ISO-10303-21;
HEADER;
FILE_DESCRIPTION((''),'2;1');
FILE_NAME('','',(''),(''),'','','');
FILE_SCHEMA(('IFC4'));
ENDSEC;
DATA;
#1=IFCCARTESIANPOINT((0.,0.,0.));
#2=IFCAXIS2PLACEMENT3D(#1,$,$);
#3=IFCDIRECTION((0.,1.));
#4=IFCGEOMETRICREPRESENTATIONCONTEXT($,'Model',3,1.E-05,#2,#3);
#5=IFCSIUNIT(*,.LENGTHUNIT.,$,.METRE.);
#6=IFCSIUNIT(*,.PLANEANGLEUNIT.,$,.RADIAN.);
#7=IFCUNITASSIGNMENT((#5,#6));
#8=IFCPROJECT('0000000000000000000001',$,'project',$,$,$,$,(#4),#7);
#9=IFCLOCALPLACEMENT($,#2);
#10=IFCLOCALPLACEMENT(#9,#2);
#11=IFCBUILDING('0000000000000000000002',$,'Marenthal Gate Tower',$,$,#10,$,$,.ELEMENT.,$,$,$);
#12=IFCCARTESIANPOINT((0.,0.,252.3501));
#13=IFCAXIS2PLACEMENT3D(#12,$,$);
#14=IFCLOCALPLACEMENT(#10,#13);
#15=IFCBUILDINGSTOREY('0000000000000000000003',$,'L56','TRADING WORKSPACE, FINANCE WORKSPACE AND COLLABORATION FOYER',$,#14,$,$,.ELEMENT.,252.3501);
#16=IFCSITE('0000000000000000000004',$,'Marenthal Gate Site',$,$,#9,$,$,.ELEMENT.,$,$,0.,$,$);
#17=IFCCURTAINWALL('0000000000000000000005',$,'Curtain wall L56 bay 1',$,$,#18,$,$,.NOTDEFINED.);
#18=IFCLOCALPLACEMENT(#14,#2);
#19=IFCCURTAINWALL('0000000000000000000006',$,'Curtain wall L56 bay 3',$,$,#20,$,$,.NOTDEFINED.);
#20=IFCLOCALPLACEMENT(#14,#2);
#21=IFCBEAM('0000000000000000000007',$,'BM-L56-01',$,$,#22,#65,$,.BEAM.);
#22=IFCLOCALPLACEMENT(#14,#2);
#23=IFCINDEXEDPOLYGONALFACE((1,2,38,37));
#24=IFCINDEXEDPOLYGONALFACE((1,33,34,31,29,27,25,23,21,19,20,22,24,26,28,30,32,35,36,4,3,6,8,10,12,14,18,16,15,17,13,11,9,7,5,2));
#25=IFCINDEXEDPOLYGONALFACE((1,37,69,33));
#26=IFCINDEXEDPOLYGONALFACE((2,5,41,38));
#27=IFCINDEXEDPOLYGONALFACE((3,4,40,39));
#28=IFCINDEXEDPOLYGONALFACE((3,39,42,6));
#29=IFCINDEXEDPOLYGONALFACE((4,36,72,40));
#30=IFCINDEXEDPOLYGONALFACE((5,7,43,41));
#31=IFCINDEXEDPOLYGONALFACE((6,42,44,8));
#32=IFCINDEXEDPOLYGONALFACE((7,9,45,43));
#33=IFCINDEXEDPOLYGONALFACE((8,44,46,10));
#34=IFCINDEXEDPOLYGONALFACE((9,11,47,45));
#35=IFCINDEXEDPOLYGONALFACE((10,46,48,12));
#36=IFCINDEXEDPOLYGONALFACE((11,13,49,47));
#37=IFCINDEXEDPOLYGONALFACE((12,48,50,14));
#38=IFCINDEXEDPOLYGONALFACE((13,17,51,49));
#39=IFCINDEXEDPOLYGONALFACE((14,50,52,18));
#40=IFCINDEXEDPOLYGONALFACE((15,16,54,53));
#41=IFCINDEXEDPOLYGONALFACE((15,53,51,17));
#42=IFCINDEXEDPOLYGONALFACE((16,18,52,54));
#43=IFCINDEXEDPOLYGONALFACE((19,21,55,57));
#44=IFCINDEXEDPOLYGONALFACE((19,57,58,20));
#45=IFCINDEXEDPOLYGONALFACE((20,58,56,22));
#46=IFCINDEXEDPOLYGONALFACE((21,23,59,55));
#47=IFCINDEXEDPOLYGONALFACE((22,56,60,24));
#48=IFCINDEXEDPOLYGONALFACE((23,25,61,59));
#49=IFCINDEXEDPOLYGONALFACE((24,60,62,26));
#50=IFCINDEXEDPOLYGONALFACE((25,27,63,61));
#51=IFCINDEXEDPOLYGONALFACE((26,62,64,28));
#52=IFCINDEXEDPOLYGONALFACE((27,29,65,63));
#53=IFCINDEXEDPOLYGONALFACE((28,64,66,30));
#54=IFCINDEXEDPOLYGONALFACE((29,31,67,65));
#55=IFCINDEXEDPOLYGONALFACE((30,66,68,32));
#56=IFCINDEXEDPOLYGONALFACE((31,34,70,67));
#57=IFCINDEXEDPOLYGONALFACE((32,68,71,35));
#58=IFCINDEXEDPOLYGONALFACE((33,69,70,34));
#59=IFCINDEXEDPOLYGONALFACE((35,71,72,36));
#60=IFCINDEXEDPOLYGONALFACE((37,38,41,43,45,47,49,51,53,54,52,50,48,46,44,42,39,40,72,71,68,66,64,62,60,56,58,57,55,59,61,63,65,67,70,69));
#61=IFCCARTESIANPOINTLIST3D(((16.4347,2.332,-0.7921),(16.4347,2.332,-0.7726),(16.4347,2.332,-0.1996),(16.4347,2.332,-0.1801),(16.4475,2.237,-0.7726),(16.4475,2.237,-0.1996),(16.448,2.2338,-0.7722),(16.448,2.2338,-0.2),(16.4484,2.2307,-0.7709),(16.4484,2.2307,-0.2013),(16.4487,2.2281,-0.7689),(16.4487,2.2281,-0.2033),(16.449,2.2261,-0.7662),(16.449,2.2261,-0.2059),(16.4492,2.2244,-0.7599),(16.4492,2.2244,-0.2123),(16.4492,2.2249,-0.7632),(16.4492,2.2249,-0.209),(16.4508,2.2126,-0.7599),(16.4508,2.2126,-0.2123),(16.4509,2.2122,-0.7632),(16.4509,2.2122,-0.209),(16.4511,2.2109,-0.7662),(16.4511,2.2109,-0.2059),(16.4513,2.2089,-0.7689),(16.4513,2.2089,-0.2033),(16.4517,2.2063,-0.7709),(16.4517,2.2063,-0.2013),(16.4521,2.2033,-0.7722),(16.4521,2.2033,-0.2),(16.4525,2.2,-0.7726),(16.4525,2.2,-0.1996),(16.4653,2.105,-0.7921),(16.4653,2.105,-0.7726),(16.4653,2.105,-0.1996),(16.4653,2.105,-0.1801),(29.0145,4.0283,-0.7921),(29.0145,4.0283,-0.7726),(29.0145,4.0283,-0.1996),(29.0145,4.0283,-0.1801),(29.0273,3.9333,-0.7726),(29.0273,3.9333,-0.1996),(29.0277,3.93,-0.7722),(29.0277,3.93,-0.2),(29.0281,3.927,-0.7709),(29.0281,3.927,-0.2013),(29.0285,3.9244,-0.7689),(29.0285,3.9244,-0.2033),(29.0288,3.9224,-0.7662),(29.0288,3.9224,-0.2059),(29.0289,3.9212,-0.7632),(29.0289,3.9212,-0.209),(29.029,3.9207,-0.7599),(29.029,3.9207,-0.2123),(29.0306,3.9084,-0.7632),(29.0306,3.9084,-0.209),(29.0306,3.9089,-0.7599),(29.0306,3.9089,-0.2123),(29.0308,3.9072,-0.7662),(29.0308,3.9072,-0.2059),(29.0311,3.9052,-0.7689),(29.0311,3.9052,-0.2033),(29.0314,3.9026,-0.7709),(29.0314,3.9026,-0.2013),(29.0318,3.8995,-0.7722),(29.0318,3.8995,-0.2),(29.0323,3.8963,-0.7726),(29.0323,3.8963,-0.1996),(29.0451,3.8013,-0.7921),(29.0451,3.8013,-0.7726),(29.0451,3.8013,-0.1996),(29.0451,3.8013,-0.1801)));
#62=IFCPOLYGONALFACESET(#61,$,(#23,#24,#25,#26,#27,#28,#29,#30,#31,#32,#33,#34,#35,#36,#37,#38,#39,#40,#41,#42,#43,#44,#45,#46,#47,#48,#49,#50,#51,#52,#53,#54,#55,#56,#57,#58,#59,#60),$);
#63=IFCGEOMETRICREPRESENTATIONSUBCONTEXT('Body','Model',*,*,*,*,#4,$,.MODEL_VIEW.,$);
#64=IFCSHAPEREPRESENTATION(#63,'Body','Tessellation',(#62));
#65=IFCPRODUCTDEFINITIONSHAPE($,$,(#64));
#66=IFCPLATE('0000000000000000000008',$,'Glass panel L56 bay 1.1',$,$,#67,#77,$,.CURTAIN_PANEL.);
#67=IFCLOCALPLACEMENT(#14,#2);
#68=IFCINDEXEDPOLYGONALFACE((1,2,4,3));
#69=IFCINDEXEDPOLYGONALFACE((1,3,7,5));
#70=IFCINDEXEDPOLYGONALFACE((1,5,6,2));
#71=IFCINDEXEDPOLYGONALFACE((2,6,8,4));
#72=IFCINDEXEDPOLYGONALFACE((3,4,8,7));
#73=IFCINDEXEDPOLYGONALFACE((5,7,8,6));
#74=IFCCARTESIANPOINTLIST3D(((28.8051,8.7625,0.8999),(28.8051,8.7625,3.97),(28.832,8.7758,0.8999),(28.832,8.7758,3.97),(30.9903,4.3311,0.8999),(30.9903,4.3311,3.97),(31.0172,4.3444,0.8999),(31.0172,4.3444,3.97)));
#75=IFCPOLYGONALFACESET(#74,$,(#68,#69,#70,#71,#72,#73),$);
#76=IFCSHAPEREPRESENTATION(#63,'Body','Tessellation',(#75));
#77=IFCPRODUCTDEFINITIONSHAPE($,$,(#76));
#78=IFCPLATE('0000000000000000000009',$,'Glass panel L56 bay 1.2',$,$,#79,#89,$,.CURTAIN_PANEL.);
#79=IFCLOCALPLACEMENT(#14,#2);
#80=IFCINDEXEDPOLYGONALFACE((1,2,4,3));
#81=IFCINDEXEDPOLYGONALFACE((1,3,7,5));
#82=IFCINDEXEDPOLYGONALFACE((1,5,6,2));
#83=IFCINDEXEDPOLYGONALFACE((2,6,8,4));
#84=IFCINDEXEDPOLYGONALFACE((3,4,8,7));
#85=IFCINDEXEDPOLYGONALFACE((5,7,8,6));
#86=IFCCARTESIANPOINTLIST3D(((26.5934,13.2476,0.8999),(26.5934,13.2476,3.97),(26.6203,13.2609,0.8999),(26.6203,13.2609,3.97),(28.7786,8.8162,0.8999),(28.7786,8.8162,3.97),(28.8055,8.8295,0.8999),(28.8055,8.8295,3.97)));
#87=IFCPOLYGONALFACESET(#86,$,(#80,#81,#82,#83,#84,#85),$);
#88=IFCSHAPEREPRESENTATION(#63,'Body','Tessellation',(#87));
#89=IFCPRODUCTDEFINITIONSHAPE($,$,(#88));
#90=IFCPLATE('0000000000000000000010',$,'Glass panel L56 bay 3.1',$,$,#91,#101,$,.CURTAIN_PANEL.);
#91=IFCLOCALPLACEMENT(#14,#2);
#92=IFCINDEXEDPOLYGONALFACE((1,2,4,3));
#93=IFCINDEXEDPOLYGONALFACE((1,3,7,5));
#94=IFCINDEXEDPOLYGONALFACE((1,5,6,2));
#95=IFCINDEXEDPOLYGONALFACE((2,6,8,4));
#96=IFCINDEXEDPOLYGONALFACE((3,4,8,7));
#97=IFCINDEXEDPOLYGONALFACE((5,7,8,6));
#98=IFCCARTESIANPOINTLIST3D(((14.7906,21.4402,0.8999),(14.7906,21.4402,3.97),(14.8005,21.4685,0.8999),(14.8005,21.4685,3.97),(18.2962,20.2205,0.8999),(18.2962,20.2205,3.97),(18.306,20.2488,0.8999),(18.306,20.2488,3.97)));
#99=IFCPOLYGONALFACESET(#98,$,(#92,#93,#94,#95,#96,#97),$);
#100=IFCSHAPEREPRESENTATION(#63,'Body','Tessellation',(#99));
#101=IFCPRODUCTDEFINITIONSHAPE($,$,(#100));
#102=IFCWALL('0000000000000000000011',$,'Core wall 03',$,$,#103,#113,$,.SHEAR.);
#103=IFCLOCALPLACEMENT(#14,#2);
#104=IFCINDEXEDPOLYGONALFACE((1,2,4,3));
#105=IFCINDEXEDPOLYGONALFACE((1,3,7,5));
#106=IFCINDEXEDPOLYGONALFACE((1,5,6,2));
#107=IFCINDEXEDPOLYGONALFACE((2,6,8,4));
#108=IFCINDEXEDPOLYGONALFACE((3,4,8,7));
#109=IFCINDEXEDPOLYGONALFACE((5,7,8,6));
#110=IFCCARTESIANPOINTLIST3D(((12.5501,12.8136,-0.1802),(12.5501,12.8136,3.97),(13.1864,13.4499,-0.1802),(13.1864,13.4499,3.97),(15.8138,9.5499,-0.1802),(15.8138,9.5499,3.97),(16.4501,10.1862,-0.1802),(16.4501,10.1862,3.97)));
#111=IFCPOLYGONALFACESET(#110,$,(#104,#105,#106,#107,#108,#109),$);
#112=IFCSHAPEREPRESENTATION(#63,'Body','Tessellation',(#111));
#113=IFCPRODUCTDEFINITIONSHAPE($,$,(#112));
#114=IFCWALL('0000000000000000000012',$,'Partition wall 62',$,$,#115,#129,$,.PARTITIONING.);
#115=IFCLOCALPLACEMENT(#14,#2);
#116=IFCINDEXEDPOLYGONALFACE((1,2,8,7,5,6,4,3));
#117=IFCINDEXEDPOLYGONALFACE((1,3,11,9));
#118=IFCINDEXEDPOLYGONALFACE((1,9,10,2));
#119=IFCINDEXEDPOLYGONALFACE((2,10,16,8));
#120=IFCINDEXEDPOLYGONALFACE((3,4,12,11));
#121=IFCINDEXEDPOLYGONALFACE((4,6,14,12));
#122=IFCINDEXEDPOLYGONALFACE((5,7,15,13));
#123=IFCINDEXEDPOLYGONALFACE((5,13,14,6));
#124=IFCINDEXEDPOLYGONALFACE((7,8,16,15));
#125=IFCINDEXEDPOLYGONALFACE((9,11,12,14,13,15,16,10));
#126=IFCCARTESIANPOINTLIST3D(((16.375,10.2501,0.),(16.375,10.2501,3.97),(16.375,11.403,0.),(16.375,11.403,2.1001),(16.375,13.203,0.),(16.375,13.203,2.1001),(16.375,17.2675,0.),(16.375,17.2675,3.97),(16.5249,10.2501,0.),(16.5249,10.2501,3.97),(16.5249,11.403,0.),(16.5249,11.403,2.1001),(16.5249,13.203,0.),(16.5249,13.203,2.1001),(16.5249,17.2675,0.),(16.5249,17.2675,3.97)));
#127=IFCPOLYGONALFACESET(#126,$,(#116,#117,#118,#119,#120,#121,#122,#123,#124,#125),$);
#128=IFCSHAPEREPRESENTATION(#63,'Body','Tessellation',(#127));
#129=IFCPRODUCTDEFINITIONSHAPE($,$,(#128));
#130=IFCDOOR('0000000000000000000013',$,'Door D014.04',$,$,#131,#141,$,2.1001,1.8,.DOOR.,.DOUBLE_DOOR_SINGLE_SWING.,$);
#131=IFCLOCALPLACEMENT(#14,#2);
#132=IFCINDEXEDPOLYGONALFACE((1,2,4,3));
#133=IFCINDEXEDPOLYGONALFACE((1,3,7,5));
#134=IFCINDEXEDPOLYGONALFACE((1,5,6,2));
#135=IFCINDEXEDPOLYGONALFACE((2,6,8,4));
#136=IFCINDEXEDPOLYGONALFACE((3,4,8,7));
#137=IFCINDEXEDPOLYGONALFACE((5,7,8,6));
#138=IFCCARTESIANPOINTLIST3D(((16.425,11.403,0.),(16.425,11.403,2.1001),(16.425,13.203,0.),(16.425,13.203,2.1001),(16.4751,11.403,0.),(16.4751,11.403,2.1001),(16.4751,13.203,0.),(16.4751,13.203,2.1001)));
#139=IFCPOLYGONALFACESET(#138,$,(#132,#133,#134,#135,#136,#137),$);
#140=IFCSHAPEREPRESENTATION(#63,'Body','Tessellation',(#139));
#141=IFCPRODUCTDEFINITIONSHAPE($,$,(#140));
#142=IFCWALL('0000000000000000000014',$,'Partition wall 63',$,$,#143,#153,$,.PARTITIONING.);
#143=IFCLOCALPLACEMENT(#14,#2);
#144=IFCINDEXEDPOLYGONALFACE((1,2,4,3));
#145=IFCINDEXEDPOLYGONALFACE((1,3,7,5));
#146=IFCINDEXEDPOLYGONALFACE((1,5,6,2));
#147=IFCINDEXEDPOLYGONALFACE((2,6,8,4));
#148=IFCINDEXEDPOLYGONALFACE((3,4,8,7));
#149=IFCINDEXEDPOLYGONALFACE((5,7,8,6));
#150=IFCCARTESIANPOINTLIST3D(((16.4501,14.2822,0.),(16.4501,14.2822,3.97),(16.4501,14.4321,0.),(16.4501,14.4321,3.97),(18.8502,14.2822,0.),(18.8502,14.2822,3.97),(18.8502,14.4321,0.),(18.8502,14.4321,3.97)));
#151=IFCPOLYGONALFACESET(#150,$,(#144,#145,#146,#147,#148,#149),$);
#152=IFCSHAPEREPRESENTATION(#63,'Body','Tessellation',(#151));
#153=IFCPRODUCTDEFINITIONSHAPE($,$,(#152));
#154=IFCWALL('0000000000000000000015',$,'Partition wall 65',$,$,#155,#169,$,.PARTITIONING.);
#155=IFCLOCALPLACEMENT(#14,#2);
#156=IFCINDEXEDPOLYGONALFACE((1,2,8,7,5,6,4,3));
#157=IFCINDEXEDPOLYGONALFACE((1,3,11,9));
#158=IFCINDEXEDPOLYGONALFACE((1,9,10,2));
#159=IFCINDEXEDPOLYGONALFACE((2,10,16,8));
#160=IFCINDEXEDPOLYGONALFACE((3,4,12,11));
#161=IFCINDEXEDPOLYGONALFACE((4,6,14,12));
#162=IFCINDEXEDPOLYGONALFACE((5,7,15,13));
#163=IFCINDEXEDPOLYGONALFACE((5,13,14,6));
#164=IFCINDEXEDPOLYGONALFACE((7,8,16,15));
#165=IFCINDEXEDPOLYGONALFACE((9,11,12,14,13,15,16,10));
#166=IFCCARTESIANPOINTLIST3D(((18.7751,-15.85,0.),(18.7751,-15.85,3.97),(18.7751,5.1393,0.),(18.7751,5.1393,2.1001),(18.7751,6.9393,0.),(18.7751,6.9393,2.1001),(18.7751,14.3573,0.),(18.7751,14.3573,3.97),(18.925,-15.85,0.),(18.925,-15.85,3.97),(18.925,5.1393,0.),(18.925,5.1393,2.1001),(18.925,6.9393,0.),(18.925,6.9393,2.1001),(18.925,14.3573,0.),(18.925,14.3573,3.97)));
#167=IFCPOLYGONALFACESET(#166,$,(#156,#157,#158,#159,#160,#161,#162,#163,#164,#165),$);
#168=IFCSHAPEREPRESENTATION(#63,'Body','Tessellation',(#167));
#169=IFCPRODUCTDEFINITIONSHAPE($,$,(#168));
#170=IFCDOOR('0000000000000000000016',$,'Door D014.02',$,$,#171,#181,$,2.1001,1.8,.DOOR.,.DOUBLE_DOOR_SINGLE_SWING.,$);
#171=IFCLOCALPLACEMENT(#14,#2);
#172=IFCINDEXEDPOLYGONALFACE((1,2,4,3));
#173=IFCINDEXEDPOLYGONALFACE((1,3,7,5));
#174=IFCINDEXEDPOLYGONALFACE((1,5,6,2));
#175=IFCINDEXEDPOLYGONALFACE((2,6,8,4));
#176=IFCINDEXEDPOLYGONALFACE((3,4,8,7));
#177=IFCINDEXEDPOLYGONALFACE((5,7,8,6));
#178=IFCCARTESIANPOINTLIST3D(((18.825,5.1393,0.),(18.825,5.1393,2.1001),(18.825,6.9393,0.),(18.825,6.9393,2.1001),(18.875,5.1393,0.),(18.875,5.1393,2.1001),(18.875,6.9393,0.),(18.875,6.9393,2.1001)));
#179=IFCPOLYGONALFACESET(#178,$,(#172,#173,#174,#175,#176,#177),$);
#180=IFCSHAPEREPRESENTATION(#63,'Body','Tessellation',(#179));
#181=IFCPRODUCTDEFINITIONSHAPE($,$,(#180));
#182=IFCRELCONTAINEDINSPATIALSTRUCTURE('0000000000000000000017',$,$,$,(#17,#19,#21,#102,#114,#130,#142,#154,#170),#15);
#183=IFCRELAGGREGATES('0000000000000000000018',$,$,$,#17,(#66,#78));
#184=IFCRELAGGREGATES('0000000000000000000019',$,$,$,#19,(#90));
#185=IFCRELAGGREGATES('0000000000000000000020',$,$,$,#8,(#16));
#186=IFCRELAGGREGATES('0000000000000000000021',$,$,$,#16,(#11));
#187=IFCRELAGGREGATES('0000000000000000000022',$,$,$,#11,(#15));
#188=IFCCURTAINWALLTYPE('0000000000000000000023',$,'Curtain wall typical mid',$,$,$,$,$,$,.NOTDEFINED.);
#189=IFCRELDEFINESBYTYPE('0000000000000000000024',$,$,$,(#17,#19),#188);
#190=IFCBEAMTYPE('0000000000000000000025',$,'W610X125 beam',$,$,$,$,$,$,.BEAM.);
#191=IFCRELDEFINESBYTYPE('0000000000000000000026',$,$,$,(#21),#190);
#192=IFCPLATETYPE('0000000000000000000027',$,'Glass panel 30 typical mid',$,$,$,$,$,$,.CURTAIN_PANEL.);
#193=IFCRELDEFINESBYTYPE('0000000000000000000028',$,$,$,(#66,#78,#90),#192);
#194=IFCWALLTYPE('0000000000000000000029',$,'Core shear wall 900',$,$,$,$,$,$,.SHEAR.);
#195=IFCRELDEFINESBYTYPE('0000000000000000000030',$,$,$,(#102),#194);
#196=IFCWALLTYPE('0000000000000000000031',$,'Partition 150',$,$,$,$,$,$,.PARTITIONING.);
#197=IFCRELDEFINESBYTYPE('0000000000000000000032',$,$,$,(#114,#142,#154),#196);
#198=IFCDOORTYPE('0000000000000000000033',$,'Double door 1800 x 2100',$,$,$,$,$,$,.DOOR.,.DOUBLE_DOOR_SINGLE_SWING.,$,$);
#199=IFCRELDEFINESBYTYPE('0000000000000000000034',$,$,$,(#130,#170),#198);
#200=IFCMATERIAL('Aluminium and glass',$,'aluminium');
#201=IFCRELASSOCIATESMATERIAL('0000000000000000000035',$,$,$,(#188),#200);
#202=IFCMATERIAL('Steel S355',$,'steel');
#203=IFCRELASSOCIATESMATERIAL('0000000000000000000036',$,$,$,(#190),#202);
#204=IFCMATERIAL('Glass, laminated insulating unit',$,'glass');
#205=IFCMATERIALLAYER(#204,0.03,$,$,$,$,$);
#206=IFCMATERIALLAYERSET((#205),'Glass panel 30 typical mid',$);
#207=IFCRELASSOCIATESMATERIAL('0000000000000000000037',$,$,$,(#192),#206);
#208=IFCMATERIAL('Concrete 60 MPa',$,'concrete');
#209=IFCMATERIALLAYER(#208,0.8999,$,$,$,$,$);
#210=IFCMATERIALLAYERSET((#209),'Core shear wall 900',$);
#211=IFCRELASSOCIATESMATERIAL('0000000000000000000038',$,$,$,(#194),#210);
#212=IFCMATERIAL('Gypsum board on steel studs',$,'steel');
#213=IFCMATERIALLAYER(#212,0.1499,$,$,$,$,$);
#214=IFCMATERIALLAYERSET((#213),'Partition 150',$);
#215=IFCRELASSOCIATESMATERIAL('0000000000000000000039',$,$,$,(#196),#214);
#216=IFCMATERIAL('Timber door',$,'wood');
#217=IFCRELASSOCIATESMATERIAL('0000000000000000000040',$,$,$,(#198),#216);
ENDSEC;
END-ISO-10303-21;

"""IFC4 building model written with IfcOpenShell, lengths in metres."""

from ifc_helpers import new_model, si_unit, direction, frame, frame_2d, origin, origin_2d, place, context, subcontext, project, spatial, rectangle, i_section, extrude, material, layer, layer_set, material_profile, profile_set, type_object, element, fill, aggregate, save


model = new_model("IFC4")

# Units and contexts
model_context = context("Model", 3, precision=1e-05, world=origin(), true_north=direction((0.0, 1.0)))
body_context = subcontext(model_context, "Body", "Model", "MODEL_VIEW")
ifc_project = project(units=[si_unit("LENGTHUNIT", "METRE"), si_unit("PLANEANGLEUNIT", "RADIAN")], contexts=[model_context])

# Site, building, storey
site_placement = place(None, origin())
site = spatial("IfcSite", under=ifc_project, at=site_placement, Name="Marenthal Gate Site", CompositionType="ELEMENT", RefElevation=0.0)
building_placement = place(site_placement, origin())
building = spatial("IfcBuilding", under=site, at=building_placement, Name="Marenthal Gate Tower", CompositionType="ELEMENT")
storey_placement = place(building_placement, frame((0.0, 0.0, 252.3501)))
storey = spatial("IfcBuildingStorey", under=building, at=storey_placement, Name="L56", Description="TRADING WORKSPACE, FINANCE WORKSPACE AND COLLABORATION FOYER", CompositionType="ELEMENT", Elevation=252.3501)

# Curtain walls
ifc_material_1 = material(Name="Aluminium and glass", Category="aluminium")
curtain_wall_type = type_object("IfcCurtainWallType", Name="Curtain wall typical mid", PredefinedType="NOTDEFINED", material=ifc_material_1)
curtain_wall_1_placement = place(storey_placement, origin())
curtain_wall_1 = element("IfcCurtainWall", 1, at=curtain_wall_1_placement, inside=storey, type_object=curtain_wall_type, Name="Curtain wall L56 bay 1", PredefinedType="NOTDEFINED")
curtain_wall_2_placement = place(storey_placement, origin())
curtain_wall_2 = element("IfcCurtainWall", 2, at=curtain_wall_2_placement, inside=storey, type_object=curtain_wall_type, Name="Curtain wall L56 bay 3", PredefinedType="NOTDEFINED")

# Beam
ifc_material_2 = material(Name="Steel S355", Category="steel")
ifc_material_profile_1 = material_profile(ifc_material_2, i_section(OverallWidth=0.229, OverallDepth=0.6121, WebThickness=0.012, FlangeThickness=0.0195, FilletRadius=0.0127, at=origin_2d()), Name="W610X125")
ifc_profile_set_1 = profile_set([ifc_material_profile_1], Name="Steel S355")
beam_type_1 = type_object("IfcBeamType", Name="W610X125 beam", PredefinedType="BEAM", material=ifc_profile_set_1)
beam_1_placement = place(storey_placement, frame((29.0298, 3.9148, -0.4861), z_axis=(-0.991031, -0.133633, 0.0), x_axis=(0.133633, -0.991031, 0.0)))
element("IfcBeam", 3, at=beam_1_placement, inside=storey, type_object=beam_type_1, Name="BM-L56-01", PredefinedType="BEAM", context=body_context, shape_type="SweptSolid", body=[
    extrude(i_section(OverallWidth=0.229, OverallDepth=0.6121, WebThickness=0.012, FlangeThickness=0.0195, FilletRadius=0.0127, at=origin_2d()), origin(), (0.0, 0.0, 1.0), 12.6936),
])

# Plates
ifc_material_3 = material(Name="Glass, laminated insulating unit", Category="glass")
ifc_layer_1 = layer(ifc_material_3, 0.03)
ifc_layer_set_1 = layer_set([ifc_layer_1], Name="Glass panel 30 typical mid")
plate_type = type_object("IfcPlateType", Name="Glass panel 30 typical mid", PredefinedType="CURTAIN_PANEL", material=ifc_layer_set_1)
plate_1_placement = place(storey_placement, frame((29.9111, 6.5535, 0.8999), z_axis=(0.0, 0.0, 1.0), x_axis=(-0.442269, 0.896882, 0.0)))
plate_1 = element("IfcPlate", 4, at=plate_1_placement, type_object=plate_type, Name="Glass panel L56 bay 1.1", PredefinedType="CURTAIN_PANEL", context=body_context, shape_type="SweptSolid", body=[
    extrude(rectangle(XDim=4.9409, YDim=0.03, at=origin_2d()), origin(), (0.0, 0.0, 1.0), 3.0701),
])
plate_2_placement = place(storey_placement, frame((27.6995, 11.0386, 0.8999), z_axis=(0.0, 0.0, 1.0), x_axis=(-0.442269, 0.896882, 0.0)))
plate_2 = element("IfcPlate", 5, at=plate_2_placement, type_object=plate_type, Name="Glass panel L56 bay 1.2", PredefinedType="CURTAIN_PANEL", context=body_context, shape_type="SweptSolid", body=[
    extrude(rectangle(XDim=4.9409, YDim=0.03, at=origin_2d()), origin(), (0.0, 0.0, 1.0), 3.0701),
])
aggregate(curtain_wall_1, [plate_1, plate_2])
plate_3_placement = place(storey_placement, frame((16.5483, 20.8445, 0.8999), z_axis=(0.0, 0.0, 1.0), x_axis=(-0.944465, 0.328612, 0.0)))
plate_3 = element("IfcPlate", 6, at=plate_3_placement, type_object=plate_type, Name="Glass panel L56 bay 3.1", PredefinedType="CURTAIN_PANEL", context=body_context, shape_type="SweptSolid", body=[
    extrude(rectangle(XDim=3.7117, YDim=0.03, at=origin_2d()), origin(), (0.0, 0.0, 1.0), 3.0701),
])
aggregate(curtain_wall_2, [plate_3])

# Wall
ifc_material_4 = material(Name="Concrete 60 MPa", Category="concrete")
ifc_layer_2 = layer(ifc_material_4, 0.8999)
ifc_layer_set_2 = layer_set([ifc_layer_2], Name="Core shear wall 900")
wall_type_1 = type_object("IfcWallType", Name="Core shear wall 900", PredefinedType="SHEAR", material=ifc_layer_set_2)
wall_1_placement = place(storey_placement, frame((16.1318, 9.8682, -0.1802), z_axis=(0.0, 0.0, 1.0), x_axis=(-0.707107, 0.707107, 0.0)))
element("IfcWall", 7, at=wall_1_placement, inside=storey, type_object=wall_type_1, Name="Core wall 03", PredefinedType="SHEAR", context=body_context, shape_type="SweptSolid", body=[
    extrude(rectangle(XDim=4.6155, YDim=0.8999, at=frame_2d((2.3076, 0.0))), origin(), (0.0, 0.0, 1.0), 4.1501),
])

# Wall, opening, door
ifc_material_5 = material(Name="Gypsum board on steel studs", Category="steel")
ifc_layer_3 = layer(ifc_material_5, 0.1499)
ifc_layer_set_3 = layer_set([ifc_layer_3], Name="Partition 150")
wall_type_2 = type_object("IfcWallType", Name="Partition 150", PredefinedType="PARTITIONING", material=ifc_layer_set_3)
wall_2_placement = place(storey_placement, frame((16.45, 10.25, 0.0), z_axis=(0.0, 0.0, 1.0), x_axis=(0.0, 1.0, 0.0)))
wall_2 = element("IfcWall", 8, at=wall_2_placement, inside=storey, type_object=wall_type_2, Name="Partition wall 62", PredefinedType="PARTITIONING", context=body_context, shape_type="SweptSolid", body=[
    extrude(rectangle(XDim=7.0173, YDim=0.1499, at=frame_2d((3.5088, 0.0))), origin(), (0.0, 0.0, 1.0), 3.97),
])
opening_1_placement = place(wall_2_placement, frame((1.1531, 0.0, 0.0)))
opening_1 = element("IfcOpeningElement", 9, at=opening_1_placement, cuts=wall_2, PredefinedType="OPENING", context=body_context, shape_type="SweptSolid", body=[
    extrude(rectangle(XDim=1.8, YDim=2.1001, at=frame_2d((0.8999, 1.05))), frame((0.0, 0.085, 0.0), z_axis=(0.0, -1.0, 0.0), x_axis=(1.0, 0.0, 0.0)), (0.0, 0.0, 1.0), 0.1699),
])
ifc_material_6 = material(Name="Timber door", Category="wood")
door_type_1 = type_object("IfcDoorType", Name="Double door 1800 x 2100", OperationType="DOUBLE_DOOR_SINGLE_SWING", PredefinedType="DOOR", material=ifc_material_6)
door_1_placement = place(opening_1_placement, origin())
door_1 = element("IfcDoor", 10, at=door_1_placement, inside=storey, type_object=door_type_1, Name="Door D014.04", OperationType="DOUBLE_DOOR_SINGLE_SWING", OverallHeight=2.1001, OverallWidth=1.8, PredefinedType="DOOR", context=body_context, shape_type="SweptSolid", body=[
    extrude(rectangle(XDim=1.8, YDim=2.1001, at=frame_2d((0.8999, 1.05))), frame((0.0, 0.0249, 0.0), z_axis=(0.0, -1.0, 0.0), x_axis=(1.0, 0.0, 0.0)), (0.0, 0.0, 1.0), 0.05),
])
fill(opening_1, door_1)

# Wall
wall_3_placement = place(storey_placement, frame((16.45, 14.3572, 0.0), z_axis=(0.0, 0.0, 1.0), x_axis=(1.0, 0.0, 0.0)))
element("IfcWall", 11, at=wall_3_placement, inside=storey, type_object=wall_type_2, Name="Partition wall 63", PredefinedType="PARTITIONING", context=body_context, shape_type="SweptSolid", body=[
    extrude(rectangle(XDim=2.4001, YDim=0.1499, at=frame_2d((1.2002, 0.0))), origin(), (0.0, 0.0, 1.0), 3.97),
])

# Wall, opening, door
wall_4_placement = place(storey_placement, frame((18.8501, 14.3572, 0.0), z_axis=(0.0, 0.0, 1.0), x_axis=(0.0, -1.0, 0.0)))
wall_4 = element("IfcWall", 12, at=wall_4_placement, inside=storey, type_object=wall_type_2, Name="Partition wall 65", PredefinedType="PARTITIONING", context=body_context, shape_type="SweptSolid", body=[
    extrude(rectangle(XDim=30.2073, YDim=0.1499, at=frame_2d((15.1035, 0.0))), origin(), (0.0, 0.0, 1.0), 3.97),
])
opening_2_placement = place(wall_4_placement, frame((7.418, 0.0, 0.0)))
opening_2 = element("IfcOpeningElement", 13, at=opening_2_placement, cuts=wall_4, PredefinedType="OPENING", context=body_context, shape_type="SweptSolid", body=[
    extrude(rectangle(XDim=1.8, YDim=2.1001, at=frame_2d((0.8999, 1.05))), frame((0.0, 0.085, 0.0), z_axis=(0.0, -1.0, 0.0), x_axis=(1.0, 0.0, 0.0)), (0.0, 0.0, 1.0), 0.1699),
])
door_2_placement = place(opening_2_placement, origin())
door_2 = element("IfcDoor", 14, at=door_2_placement, inside=storey, type_object=door_type_1, Name="Door D014.02", OperationType="DOUBLE_DOOR_SINGLE_SWING", OverallHeight=2.1001, OverallWidth=1.8, PredefinedType="DOOR", context=body_context, shape_type="SweptSolid", body=[
    extrude(rectangle(XDim=1.8, YDim=2.1001, at=frame_2d((0.8999, 1.05))), frame((0.0, 0.0249, 0.0), z_axis=(0.0, -1.0, 0.0), x_axis=(1.0, 0.0, 0.0)), (0.0, 0.0, 1.0), 0.05),
])
fill(opening_2, door_2)

save(model, "model.ifc")
